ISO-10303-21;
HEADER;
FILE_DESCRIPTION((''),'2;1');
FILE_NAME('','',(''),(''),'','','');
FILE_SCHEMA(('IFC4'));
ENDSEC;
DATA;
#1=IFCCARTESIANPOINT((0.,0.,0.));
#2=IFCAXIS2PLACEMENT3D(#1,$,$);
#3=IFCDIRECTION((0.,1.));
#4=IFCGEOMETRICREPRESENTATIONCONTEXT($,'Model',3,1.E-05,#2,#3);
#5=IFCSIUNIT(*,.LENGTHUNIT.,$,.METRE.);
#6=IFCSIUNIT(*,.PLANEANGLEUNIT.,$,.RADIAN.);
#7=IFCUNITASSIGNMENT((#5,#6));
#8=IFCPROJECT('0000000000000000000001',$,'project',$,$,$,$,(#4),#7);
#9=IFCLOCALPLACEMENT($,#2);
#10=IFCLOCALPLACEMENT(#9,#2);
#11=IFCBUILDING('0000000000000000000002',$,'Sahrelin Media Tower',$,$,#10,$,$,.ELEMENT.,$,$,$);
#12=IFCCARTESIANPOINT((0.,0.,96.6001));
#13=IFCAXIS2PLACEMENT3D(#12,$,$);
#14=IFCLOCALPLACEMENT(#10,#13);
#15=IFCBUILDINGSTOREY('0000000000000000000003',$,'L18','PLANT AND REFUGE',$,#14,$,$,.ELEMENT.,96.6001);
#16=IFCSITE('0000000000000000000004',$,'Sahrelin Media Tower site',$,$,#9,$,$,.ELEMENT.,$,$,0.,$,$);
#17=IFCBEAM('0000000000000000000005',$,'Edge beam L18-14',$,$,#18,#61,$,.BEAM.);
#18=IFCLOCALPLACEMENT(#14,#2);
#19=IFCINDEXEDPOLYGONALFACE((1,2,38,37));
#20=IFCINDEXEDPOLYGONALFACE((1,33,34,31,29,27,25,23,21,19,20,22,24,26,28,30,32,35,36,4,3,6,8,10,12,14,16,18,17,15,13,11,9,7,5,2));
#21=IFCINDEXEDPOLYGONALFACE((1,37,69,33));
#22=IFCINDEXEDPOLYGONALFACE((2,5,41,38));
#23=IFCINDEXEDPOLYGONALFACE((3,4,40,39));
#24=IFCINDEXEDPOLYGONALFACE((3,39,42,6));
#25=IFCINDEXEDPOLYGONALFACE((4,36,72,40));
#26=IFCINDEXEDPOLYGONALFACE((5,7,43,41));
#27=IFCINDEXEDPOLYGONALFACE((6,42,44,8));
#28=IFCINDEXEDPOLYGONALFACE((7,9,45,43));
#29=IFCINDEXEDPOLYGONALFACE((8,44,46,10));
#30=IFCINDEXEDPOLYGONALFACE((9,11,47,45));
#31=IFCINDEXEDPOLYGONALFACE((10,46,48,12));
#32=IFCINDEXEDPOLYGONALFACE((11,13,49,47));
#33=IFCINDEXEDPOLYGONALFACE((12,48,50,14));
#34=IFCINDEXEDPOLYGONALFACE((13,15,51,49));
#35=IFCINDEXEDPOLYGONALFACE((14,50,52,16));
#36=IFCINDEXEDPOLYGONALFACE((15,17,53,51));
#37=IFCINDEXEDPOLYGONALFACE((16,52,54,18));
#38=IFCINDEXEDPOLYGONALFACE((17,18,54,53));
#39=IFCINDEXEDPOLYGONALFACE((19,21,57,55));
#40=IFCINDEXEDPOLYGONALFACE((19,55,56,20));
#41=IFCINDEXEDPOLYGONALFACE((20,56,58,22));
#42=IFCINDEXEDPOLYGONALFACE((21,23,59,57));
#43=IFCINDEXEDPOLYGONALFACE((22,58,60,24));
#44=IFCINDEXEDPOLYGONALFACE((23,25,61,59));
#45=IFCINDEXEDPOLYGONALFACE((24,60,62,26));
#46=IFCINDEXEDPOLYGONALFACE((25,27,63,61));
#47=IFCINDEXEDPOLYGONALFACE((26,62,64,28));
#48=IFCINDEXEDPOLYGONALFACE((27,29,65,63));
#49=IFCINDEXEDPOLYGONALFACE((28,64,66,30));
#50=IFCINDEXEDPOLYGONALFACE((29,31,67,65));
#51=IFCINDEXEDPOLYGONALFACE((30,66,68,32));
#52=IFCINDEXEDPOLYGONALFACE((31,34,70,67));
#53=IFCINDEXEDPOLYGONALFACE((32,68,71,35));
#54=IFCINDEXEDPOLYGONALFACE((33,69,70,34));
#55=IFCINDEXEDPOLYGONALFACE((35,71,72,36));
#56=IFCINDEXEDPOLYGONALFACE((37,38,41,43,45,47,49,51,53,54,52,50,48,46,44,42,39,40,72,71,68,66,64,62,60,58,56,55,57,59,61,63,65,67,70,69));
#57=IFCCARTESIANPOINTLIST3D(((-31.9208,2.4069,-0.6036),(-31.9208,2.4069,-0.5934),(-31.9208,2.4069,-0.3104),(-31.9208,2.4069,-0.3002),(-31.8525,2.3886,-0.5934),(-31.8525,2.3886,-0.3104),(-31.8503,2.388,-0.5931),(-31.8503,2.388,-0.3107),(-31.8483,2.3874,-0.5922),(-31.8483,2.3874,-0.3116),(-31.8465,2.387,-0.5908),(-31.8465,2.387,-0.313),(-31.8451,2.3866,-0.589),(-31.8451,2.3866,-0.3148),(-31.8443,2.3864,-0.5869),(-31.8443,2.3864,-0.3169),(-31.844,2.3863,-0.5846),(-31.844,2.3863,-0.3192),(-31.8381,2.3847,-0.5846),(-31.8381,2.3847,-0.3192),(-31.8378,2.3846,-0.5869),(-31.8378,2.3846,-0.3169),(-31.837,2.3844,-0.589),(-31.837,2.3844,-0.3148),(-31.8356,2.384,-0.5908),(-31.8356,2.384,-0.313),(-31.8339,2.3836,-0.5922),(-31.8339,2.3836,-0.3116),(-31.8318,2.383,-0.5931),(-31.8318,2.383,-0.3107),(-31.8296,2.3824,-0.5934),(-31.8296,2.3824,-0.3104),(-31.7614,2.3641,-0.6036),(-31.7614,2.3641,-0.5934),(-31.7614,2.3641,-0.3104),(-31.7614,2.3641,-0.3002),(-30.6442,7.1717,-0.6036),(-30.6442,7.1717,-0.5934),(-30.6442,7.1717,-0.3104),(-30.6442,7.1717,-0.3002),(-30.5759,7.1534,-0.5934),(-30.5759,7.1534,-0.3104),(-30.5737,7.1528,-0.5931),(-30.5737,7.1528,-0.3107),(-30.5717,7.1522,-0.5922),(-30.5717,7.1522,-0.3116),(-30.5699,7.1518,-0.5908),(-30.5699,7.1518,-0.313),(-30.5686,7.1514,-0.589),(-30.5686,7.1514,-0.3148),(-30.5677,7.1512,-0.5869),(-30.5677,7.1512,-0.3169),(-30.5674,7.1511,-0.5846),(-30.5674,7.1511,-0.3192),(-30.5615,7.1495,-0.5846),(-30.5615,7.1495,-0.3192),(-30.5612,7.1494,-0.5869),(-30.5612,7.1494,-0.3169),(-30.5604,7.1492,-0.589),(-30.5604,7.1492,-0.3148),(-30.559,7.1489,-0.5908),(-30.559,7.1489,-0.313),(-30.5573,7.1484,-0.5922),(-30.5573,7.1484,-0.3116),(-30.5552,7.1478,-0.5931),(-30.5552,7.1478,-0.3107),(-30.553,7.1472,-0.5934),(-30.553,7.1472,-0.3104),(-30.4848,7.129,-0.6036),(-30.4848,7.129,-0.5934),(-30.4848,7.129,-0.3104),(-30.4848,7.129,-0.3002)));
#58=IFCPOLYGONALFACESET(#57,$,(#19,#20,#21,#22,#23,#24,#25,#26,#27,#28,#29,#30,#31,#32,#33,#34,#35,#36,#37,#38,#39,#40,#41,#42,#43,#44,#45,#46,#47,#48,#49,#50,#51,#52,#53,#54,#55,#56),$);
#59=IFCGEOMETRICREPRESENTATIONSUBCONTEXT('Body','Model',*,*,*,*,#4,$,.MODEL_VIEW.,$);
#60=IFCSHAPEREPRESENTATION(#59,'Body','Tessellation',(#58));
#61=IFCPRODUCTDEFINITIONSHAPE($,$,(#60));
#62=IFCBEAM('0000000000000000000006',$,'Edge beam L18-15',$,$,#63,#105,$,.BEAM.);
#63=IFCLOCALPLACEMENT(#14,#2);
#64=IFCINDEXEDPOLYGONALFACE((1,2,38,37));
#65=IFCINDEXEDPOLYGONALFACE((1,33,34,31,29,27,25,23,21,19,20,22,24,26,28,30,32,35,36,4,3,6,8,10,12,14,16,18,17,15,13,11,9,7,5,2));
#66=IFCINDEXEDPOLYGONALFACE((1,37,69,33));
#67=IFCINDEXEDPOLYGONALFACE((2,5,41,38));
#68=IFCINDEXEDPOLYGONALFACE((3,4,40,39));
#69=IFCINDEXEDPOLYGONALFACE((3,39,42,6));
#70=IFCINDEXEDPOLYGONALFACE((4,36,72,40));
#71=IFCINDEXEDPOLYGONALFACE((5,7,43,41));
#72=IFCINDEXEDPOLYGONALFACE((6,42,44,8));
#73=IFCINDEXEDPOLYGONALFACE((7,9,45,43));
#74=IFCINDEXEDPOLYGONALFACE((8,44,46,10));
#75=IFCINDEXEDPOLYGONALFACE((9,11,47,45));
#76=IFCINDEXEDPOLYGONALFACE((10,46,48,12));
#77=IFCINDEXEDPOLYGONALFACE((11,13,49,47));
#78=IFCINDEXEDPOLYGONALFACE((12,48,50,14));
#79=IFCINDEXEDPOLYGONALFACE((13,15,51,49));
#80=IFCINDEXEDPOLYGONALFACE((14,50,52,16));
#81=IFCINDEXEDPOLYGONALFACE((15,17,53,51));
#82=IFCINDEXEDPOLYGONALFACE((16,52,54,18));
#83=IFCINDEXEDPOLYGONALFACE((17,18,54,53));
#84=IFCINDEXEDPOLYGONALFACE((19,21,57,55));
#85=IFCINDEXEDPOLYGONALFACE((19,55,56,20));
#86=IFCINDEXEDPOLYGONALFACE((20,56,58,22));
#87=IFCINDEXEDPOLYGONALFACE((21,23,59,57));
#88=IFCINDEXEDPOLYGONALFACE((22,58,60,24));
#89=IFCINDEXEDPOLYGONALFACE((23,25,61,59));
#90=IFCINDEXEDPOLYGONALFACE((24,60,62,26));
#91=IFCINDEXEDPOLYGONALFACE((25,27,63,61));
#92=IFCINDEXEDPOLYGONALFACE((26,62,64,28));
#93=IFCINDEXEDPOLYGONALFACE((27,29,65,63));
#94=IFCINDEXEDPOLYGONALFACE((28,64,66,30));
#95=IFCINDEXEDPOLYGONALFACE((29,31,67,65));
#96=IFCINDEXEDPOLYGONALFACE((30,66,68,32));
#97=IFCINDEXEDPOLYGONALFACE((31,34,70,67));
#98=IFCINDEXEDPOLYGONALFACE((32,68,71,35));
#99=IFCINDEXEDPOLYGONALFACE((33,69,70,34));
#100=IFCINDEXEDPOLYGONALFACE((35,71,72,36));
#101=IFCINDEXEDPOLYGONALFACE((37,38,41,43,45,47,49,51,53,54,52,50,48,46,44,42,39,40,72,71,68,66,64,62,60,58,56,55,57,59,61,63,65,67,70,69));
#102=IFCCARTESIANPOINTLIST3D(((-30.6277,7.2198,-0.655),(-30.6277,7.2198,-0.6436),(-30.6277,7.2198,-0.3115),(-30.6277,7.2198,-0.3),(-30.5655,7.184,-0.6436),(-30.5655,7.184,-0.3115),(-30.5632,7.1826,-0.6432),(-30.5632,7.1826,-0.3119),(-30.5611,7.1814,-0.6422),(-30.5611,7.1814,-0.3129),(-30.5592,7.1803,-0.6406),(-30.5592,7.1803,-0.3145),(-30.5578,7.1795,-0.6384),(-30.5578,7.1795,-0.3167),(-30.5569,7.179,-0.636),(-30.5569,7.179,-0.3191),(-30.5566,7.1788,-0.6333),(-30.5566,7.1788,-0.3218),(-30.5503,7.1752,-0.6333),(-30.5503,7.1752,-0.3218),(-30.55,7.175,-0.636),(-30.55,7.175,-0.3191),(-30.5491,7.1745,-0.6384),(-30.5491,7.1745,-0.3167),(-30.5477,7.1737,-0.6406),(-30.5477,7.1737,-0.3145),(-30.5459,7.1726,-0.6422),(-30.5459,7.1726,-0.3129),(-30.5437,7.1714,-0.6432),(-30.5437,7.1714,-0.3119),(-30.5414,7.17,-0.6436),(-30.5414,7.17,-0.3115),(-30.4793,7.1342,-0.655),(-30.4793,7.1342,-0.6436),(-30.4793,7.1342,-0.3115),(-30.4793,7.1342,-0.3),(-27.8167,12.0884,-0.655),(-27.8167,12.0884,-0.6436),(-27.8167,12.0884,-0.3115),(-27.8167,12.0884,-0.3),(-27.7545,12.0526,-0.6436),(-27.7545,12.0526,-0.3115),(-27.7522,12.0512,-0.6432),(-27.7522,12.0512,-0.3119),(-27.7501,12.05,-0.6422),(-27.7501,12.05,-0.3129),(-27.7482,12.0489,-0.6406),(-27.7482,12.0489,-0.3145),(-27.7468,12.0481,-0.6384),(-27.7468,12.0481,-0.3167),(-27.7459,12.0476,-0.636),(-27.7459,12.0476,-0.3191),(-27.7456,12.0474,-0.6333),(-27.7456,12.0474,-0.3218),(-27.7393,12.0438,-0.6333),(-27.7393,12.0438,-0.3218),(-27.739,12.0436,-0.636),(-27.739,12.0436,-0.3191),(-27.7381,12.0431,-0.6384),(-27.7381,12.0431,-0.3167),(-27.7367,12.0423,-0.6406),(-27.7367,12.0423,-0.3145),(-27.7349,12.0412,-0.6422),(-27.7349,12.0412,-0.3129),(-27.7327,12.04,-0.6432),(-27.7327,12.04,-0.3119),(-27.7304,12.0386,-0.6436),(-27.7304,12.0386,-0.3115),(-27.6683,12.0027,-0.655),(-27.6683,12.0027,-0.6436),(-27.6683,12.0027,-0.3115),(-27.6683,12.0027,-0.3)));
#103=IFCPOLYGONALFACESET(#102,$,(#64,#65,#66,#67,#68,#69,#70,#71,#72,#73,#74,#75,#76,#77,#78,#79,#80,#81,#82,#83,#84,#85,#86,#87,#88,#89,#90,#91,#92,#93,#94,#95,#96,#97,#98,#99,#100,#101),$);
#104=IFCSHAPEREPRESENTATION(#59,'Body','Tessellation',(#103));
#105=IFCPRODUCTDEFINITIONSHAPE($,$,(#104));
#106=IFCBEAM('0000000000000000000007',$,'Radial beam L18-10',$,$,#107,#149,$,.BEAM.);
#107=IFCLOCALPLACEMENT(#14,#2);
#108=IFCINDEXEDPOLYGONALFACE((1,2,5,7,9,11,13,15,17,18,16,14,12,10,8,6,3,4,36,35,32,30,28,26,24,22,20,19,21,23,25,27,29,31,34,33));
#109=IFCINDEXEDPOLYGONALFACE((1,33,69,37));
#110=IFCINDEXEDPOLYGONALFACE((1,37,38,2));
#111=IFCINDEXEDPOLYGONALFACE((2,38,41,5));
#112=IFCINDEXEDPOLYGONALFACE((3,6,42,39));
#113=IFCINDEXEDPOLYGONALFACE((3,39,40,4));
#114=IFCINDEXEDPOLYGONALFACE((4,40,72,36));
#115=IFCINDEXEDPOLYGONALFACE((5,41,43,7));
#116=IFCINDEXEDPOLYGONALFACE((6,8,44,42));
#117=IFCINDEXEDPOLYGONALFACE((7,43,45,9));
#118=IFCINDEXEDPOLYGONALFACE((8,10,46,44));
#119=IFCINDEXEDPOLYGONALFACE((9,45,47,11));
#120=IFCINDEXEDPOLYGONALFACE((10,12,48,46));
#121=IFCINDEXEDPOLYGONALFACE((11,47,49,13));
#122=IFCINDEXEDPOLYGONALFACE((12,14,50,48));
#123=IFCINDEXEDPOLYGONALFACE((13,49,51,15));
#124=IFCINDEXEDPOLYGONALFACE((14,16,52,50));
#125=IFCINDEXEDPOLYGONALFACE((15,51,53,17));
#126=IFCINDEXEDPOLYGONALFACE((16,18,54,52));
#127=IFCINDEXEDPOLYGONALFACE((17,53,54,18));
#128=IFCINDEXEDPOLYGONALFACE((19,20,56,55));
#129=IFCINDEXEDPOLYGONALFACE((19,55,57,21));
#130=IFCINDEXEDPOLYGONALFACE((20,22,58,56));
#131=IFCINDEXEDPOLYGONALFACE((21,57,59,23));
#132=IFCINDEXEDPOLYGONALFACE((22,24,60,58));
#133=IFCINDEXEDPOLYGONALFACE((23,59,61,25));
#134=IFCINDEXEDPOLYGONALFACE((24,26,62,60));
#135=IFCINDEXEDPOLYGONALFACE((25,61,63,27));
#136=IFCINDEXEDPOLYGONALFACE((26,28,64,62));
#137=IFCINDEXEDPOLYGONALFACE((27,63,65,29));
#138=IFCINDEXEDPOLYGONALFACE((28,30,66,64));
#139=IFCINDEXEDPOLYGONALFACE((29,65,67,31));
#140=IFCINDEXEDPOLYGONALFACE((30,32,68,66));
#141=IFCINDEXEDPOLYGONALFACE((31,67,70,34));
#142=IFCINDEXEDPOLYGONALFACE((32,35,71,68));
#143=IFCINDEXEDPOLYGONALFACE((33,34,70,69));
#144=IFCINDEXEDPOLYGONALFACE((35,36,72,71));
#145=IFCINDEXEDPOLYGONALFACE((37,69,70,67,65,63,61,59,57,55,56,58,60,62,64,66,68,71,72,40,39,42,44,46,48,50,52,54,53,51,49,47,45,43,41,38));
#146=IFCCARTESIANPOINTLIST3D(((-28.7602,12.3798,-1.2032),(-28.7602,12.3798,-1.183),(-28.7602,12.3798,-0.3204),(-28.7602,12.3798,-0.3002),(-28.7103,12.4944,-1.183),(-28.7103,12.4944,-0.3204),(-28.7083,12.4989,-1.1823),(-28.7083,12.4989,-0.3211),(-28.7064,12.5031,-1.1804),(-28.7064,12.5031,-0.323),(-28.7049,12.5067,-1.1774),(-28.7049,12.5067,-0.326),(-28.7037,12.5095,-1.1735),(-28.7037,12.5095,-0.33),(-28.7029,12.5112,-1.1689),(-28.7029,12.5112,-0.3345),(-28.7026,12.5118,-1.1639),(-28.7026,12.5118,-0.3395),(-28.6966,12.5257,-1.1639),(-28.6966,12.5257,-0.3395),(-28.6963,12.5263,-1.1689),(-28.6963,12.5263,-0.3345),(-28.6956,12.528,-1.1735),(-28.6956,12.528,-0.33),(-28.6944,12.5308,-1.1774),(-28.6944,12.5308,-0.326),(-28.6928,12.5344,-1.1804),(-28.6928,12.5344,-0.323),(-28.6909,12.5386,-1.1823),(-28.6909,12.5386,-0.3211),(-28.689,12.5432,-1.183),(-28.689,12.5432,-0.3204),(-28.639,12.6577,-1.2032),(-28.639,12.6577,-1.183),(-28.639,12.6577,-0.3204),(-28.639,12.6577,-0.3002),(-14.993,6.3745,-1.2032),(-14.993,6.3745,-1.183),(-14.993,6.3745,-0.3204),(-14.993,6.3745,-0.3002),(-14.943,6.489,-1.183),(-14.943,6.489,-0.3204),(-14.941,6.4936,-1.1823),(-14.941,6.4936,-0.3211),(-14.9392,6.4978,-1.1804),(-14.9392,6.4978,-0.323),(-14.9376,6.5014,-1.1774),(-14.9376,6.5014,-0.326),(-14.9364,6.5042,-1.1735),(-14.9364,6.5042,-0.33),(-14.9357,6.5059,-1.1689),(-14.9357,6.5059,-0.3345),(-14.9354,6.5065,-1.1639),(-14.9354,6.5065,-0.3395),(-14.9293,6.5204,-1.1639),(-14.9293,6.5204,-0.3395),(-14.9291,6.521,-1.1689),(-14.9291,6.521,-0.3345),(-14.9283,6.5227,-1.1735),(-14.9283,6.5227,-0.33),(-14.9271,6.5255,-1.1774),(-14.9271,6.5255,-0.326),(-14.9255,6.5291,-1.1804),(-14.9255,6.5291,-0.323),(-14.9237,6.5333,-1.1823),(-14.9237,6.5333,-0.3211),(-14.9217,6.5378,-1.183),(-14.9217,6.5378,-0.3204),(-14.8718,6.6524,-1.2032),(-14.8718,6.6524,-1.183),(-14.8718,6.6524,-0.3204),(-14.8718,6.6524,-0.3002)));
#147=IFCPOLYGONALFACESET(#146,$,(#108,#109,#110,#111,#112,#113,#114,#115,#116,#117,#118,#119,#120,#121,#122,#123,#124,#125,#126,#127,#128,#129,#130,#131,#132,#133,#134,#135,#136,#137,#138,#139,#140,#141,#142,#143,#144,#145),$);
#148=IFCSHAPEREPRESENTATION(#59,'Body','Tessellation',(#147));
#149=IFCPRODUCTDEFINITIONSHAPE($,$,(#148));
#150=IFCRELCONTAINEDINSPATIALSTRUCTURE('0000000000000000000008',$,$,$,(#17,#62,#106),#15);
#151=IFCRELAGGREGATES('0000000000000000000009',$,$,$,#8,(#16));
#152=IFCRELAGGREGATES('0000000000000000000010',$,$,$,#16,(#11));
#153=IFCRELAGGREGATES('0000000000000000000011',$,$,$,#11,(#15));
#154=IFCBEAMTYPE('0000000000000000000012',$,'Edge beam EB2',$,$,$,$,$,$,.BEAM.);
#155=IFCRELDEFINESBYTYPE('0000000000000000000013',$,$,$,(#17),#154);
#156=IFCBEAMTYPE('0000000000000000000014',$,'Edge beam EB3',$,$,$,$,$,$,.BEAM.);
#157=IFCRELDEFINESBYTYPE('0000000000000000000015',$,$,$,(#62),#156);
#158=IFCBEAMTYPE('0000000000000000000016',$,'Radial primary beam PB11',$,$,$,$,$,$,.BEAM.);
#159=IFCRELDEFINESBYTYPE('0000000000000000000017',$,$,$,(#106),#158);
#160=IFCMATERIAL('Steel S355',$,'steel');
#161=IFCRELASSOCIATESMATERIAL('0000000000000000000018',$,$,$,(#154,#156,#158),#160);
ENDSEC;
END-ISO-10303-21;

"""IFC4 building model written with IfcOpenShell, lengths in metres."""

from ifc_helpers import new_model, si_unit, direction, frame, origin, origin_2d, place, context, subcontext, project, spatial, i_section, extrude, material, material_profile, profile_set, type_object, element, save


model = new_model("IFC4")

# Units and contexts
model_context = context("Model", 3, precision=1e-05, world=origin(), true_north=direction((0.0, 1.0)))
body_context = subcontext(model_context, "Body", "Model", "MODEL_VIEW")
ifc_project = project(units=[si_unit("LENGTHUNIT", "METRE"), si_unit("PLANEANGLEUNIT", "RADIAN")], contexts=[model_context])

# Site, building, storey
site_placement = place(None, origin())
site = spatial("IfcSite", under=ifc_project, at=site_placement, Name="Sahrelin Media Tower site", CompositionType="ELEMENT", RefElevation=0.0)
building_placement = place(site_placement, origin())
building = spatial("IfcBuilding", under=site, at=building_placement, Name="Sahrelin Media Tower", CompositionType="ELEMENT")
storey_placement = place(building_placement, frame((0.0, 0.0, 96.6001)))
storey = spatial("IfcBuildingStorey", under=building, at=storey_placement, Name="L18", Description="PLANT AND REFUGE", CompositionType="ELEMENT", Elevation=96.6001)

# Beams
ifc_material_1 = material(Name="Steel S355", Category="steel")
ifc_material_profile_1 = material_profile(ifc_material_1, i_section(OverallWidth=0.165, OverallDepth=0.3035, WebThickness=0.0061, FlangeThickness=0.0103, FilletRadius=0.0088, at=origin_2d()), Name="UB 305x165x40")
ifc_profile_set_1 = profile_set([ifc_material_profile_1], Name="Steel S355")
beam_type_1 = type_object("IfcBeamType", Name="Edge beam EB2", PredefinedType="BEAM", material=ifc_profile_set_1)
beam_1_placement = place(storey_placement, frame((-31.8411, 2.3855, -0.4519), z_axis=(0.258793, 0.965933, 0.0), x_axis=(-0.965933, 0.258793, 0.0)))
element("IfcBeam", 1, at=beam_1_placement, inside=storey, type_object=beam_type_1, Name="Edge beam L18-14", PredefinedType="BEAM", context=body_context, shape_type="SweptSolid", body=[
    extrude(i_section(OverallWidth=0.165, OverallDepth=0.3035, WebThickness=0.0061, FlangeThickness=0.0103, FilletRadius=0.0088, at=origin_2d()), origin(), (0.0, 0.0, 1.0), 4.9329),
])
ifc_material_profile_2 = material_profile(ifc_material_1, i_section(OverallWidth=0.1714, OverallDepth=0.355, WebThickness=0.0073, FlangeThickness=0.0115, FilletRadius=0.0103, at=origin_2d()), Name="UB 356x171x51")
ifc_profile_set_2 = profile_set([ifc_material_profile_2], Name="Steel S355")
beam_type_2 = type_object("IfcBeamType", Name="Edge beam EB3", PredefinedType="BEAM", material=ifc_profile_set_2)
beam_2_placement = place(storey_placement, frame((-30.5535, 7.177, -0.4775), z_axis=(0.500016, 0.866016, 0.0), x_axis=(-0.866016, 0.500016, 0.0)))
element("IfcBeam", 2, at=beam_2_placement, inside=storey, type_object=beam_type_2, Name="Edge beam L18-15", PredefinedType="BEAM", context=body_context, shape_type="SweptSolid", body=[
    extrude(i_section(OverallWidth=0.1714, OverallDepth=0.355, WebThickness=0.0073, FlangeThickness=0.0115, FilletRadius=0.0103, at=origin_2d()), origin(), (0.0, 0.0, 1.0), 5.6218),
])
ifc_material_profile_3 = material_profile(ifc_material_1, i_section(OverallWidth=0.3032, OverallDepth=0.9031, WebThickness=0.0151, FlangeThickness=0.0203, FilletRadius=0.019, at=origin_2d()), Name="UB 914x305x201")
ifc_profile_set_3 = profile_set([ifc_material_profile_3], Name="Steel S355")
beam_type_3 = type_object("IfcBeamType", Name="Radial primary beam PB11", PredefinedType="BEAM", material=ifc_profile_set_3)
beam_3_placement = place(storey_placement, frame((-14.9324, 6.5134, -0.7517), z_axis=(-0.916593, 0.399822, 0.0), x_axis=(-0.399822, -0.916593, 0.0)))
element("IfcBeam", 3, at=beam_3_placement, inside=storey, type_object=beam_type_3, Name="Radial beam L18-10", PredefinedType="BEAM", context=body_context, shape_type="SweptSolid", body=[
    extrude(i_section(OverallWidth=0.3032, OverallDepth=0.9031, WebThickness=0.0151, FlangeThickness=0.0203, FilletRadius=0.019, at=origin_2d()), origin(), (0.0, 0.0, 1.0), 15.02),
])

save(model, "model.ifc")
